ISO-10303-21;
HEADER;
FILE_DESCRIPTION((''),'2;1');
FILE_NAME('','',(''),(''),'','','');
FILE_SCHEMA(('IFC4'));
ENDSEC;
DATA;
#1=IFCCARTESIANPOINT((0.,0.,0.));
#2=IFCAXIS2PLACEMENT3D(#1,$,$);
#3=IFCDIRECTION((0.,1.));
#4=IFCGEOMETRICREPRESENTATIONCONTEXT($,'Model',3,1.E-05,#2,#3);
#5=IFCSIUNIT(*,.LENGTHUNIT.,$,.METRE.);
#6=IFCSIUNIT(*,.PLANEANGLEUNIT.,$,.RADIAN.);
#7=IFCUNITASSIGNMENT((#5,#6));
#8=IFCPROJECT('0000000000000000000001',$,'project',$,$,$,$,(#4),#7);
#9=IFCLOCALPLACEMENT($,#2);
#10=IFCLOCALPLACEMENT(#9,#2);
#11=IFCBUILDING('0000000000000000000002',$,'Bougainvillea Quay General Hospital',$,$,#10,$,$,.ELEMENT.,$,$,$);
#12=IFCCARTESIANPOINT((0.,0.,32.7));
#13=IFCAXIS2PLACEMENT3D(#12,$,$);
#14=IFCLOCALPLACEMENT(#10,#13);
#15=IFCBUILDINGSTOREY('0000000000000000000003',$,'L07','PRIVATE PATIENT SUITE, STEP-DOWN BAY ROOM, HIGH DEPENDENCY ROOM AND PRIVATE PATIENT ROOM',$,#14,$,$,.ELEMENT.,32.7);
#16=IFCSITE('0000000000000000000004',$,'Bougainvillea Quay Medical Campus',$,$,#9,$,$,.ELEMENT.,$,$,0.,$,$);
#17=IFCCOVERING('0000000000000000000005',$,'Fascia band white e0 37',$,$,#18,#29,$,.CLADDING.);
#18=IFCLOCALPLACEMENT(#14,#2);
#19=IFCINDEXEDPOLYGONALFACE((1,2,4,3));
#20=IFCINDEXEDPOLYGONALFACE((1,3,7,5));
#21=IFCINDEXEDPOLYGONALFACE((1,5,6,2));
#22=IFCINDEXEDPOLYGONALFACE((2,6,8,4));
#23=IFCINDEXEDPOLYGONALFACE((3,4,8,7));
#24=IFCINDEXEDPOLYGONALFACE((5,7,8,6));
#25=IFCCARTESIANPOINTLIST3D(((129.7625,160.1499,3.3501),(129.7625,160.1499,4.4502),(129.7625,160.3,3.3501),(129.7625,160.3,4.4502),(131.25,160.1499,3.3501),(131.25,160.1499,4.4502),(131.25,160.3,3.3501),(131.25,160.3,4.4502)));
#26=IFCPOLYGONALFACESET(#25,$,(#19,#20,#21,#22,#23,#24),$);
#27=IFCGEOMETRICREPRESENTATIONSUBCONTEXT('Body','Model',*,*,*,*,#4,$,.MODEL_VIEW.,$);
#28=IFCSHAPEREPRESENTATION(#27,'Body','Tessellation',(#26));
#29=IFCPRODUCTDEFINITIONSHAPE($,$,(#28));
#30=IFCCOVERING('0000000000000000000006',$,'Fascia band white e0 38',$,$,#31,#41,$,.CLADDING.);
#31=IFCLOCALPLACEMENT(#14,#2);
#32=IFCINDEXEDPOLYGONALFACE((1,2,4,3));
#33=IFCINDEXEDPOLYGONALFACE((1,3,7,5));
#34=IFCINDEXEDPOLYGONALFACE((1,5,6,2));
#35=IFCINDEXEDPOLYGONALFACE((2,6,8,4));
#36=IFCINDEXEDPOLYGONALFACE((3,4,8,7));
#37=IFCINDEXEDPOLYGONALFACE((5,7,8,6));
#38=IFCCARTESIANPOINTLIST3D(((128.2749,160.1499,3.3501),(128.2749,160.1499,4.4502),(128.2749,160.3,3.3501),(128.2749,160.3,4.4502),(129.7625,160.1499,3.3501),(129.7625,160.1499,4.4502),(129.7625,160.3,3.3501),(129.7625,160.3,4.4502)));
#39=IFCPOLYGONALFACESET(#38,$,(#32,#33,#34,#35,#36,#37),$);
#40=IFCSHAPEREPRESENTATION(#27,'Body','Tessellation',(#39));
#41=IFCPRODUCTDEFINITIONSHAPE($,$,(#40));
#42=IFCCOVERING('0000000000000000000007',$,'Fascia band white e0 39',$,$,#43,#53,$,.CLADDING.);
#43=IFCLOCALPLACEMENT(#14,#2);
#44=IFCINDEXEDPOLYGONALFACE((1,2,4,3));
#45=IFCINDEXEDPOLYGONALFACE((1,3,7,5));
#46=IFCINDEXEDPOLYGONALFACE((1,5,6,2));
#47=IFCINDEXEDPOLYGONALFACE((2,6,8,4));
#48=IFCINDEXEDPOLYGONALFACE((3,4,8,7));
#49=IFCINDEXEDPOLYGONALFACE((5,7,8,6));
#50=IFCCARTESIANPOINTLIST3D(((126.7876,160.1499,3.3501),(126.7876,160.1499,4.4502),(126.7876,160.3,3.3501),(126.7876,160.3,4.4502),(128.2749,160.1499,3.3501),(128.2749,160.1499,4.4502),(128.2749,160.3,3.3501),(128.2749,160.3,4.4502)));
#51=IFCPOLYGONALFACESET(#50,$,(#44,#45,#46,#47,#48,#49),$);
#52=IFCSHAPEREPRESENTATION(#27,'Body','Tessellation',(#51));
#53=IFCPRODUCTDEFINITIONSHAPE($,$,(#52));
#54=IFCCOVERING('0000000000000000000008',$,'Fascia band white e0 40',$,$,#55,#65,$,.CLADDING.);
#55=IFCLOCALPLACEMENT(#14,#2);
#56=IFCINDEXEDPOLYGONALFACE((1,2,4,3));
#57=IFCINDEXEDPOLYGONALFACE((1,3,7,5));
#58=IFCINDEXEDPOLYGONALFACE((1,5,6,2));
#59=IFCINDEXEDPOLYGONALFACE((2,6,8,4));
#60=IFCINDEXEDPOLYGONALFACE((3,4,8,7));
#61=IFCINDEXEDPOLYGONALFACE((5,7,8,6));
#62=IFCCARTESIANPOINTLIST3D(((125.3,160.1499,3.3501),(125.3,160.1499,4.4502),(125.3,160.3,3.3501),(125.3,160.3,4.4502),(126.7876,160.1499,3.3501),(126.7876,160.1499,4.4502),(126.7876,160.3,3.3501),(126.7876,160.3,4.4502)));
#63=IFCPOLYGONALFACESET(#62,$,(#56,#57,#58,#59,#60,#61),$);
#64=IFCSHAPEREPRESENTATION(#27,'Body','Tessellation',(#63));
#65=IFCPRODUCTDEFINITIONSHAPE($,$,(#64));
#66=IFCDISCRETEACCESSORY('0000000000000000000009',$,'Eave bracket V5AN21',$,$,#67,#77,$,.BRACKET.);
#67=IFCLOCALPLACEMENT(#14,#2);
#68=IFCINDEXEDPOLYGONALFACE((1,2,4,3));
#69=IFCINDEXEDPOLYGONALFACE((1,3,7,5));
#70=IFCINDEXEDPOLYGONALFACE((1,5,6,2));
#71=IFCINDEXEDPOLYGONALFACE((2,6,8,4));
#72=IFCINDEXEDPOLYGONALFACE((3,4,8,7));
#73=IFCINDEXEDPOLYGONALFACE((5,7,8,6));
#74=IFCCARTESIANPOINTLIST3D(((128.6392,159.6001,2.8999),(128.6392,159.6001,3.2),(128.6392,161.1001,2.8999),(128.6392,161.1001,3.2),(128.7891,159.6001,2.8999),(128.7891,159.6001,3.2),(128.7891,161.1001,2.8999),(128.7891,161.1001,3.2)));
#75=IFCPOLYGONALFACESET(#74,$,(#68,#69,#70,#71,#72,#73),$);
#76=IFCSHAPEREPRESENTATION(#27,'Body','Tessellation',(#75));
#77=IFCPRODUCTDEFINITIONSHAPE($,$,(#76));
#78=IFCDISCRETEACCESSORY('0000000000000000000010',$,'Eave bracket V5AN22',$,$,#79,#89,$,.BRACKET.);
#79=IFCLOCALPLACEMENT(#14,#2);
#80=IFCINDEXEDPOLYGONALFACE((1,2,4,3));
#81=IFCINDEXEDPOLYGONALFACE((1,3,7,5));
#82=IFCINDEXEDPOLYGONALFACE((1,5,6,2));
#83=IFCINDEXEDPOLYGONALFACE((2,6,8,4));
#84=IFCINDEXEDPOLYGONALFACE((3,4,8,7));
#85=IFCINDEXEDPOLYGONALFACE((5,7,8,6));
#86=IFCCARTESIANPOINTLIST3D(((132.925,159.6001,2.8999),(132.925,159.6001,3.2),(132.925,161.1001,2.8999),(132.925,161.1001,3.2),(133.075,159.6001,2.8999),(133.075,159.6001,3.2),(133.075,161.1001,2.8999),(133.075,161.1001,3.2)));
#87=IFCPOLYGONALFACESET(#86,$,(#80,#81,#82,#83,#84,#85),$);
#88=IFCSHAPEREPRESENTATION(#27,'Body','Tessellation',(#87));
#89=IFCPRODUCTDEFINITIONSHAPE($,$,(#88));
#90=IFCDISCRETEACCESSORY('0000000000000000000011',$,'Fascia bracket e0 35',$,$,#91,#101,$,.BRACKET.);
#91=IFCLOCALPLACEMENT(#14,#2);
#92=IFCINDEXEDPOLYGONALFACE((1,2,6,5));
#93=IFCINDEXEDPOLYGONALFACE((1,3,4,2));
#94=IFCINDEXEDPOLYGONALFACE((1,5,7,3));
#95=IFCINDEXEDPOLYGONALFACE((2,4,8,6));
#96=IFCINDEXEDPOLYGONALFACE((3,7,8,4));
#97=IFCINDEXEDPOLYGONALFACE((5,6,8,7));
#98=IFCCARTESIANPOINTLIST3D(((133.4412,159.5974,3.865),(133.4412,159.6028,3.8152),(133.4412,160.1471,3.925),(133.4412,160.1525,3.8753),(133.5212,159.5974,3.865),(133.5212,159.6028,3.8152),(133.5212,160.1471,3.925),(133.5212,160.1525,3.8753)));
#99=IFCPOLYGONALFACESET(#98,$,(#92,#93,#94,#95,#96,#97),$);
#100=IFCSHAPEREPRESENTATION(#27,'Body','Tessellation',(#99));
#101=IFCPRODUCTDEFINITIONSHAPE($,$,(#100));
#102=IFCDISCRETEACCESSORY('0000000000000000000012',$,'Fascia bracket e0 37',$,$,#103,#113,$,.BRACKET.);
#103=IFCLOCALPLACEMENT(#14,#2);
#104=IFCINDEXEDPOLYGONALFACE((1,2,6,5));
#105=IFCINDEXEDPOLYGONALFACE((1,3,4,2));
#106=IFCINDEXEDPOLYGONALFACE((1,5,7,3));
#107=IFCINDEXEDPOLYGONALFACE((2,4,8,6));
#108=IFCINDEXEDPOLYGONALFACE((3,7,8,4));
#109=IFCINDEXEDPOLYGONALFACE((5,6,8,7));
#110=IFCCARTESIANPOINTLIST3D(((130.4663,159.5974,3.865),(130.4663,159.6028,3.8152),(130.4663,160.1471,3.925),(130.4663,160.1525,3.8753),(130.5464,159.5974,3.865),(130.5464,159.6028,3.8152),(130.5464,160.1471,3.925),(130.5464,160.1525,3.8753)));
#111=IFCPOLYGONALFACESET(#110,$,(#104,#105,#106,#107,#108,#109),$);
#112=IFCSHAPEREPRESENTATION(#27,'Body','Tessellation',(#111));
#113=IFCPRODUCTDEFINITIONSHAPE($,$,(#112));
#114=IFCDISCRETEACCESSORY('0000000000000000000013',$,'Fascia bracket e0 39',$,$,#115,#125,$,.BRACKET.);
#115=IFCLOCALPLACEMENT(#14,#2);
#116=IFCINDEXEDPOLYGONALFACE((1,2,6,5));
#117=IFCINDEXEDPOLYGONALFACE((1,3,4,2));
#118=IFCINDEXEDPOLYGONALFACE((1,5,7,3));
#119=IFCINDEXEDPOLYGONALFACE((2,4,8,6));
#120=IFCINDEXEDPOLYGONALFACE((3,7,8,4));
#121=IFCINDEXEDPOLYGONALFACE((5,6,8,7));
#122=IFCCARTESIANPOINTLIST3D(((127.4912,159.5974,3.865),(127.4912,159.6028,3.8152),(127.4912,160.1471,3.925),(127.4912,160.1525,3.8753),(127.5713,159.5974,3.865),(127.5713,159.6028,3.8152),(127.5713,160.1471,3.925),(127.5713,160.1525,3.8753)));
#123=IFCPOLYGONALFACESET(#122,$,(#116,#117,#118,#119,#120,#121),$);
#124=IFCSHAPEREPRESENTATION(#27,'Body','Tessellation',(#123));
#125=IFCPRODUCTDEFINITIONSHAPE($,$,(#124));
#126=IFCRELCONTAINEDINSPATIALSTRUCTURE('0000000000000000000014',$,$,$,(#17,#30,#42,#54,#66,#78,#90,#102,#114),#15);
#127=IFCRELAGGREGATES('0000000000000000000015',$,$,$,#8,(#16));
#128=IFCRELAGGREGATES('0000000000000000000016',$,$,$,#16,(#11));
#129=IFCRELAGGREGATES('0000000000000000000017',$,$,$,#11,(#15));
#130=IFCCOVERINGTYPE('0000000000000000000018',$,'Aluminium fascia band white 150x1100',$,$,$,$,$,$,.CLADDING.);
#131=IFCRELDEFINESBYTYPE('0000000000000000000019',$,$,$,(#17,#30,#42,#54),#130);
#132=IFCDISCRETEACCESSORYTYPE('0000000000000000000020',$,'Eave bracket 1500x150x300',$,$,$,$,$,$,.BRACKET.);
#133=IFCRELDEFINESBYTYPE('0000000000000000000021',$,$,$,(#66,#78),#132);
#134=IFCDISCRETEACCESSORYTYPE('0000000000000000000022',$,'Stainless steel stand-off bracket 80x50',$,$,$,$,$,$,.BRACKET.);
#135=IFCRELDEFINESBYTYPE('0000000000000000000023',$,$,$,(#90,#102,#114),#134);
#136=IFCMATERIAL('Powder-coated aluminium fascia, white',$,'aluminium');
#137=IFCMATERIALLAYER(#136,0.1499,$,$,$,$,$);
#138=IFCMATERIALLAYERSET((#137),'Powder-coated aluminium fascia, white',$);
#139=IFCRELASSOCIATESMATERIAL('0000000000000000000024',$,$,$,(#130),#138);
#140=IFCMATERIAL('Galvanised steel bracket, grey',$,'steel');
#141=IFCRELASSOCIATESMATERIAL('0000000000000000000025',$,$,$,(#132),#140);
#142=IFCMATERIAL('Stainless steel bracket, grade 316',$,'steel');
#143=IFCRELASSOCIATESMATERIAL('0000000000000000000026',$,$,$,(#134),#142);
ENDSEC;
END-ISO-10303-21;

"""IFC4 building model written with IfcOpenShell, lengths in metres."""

from ifc_helpers import new_model, si_unit, direction, frame, origin, origin_2d, place, context, subcontext, project, spatial, polyline, rectangle, outline, extrude, material, layer, layer_set, material_profile, profile_set, type_object, element, save


model = new_model("IFC4")

# Units and contexts
model_context = context("Model", 3, precision=1e-05, world=origin(), true_north=direction((0.0, 1.0)))
body_context = subcontext(model_context, "Body", "Model", "MODEL_VIEW")
ifc_project = project(units=[si_unit("LENGTHUNIT", "METRE"), si_unit("PLANEANGLEUNIT", "RADIAN")], contexts=[model_context])

# Site, building, storey
site_placement = place(None, origin())
site = spatial("IfcSite", under=ifc_project, at=site_placement, Name="Bougainvillea Quay Medical Campus", CompositionType="ELEMENT", RefElevation=0.0)
building_placement = place(site_placement, origin())
building = spatial("IfcBuilding", under=site, at=building_placement, Name="Bougainvillea Quay General Hospital", CompositionType="ELEMENT")
storey_placement = place(building_placement, frame((0.0, 0.0, 32.7)))
storey = spatial("IfcBuildingStorey", under=building, at=storey_placement, Name="L07", Description="PRIVATE PATIENT SUITE, STEP-DOWN BAY ROOM, HIGH DEPENDENCY ROOM AND PRIVATE PATIENT ROOM", CompositionType="ELEMENT", Elevation=32.7)

# Coverings
ifc_material_1 = material(Name="Powder-coated aluminium fascia, white", Category="aluminium")
ifc_layer_1 = layer(ifc_material_1, 0.1499)
ifc_layer_set_1 = layer_set([ifc_layer_1], Name="Powder-coated aluminium fascia, white")
covering_type = type_object("IfcCoveringType", Name="Aluminium fascia band white 150x1100", PredefinedType="CLADDING", material=ifc_layer_set_1)
for number, where, z_axis, x_axis, name in (
    (1, (131.25, 160.1499, 3.3501), (0.0, 0.0, 1.0), (-1.0, 0.0, 0.0), "Fascia band white e0 37"),
    (2, (129.7625, 160.1499, 3.3501), (0.0, 0.0, 1.0), (-1.0, 0.0, 0.0), "Fascia band white e0 38"),
):
    element("IfcCovering", number, at=place(storey_placement, frame(where, z_axis=z_axis, x_axis=x_axis)), inside=storey, type_object=covering_type, Name=name, PredefinedType="CLADDING", context=body_context, shape_type="SweptSolid", body=[
        extrude(outline(polyline([(0.0, 0.0), (1.4875, 0.0), (1.4875, -0.1501), (0.0, -0.1501), (0.0, 0.0)])), origin(), (0.0, 0.0, 1.0), 1.1001),
    ])
covering_1_placement = place(storey_placement, frame((128.2749, 160.1499, 3.3501), z_axis=(0.0, 0.0, 1.0), x_axis=(-1.0, 0.0, 0.0)))
element("IfcCovering", 3, at=covering_1_placement, inside=storey, type_object=covering_type, Name="Fascia band white e0 39", PredefinedType="CLADDING", context=body_context, shape_type="SweptSolid", body=[
    extrude(outline(polyline([(0.0, 0.0), (1.4873, 0.0), (1.4873, -0.1501), (0.0, -0.1501), (0.0, 0.0)])), origin(), (0.0, 0.0, 1.0), 1.1001),
])
covering_2_placement = place(storey_placement, frame((126.7876, 160.1499, 3.3501), z_axis=(0.0, 0.0, 1.0), x_axis=(-1.0, 0.0, 0.0)))
element("IfcCovering", 4, at=covering_2_placement, inside=storey, type_object=covering_type, Name="Fascia band white e0 40", PredefinedType="CLADDING", context=body_context, shape_type="SweptSolid", body=[
    extrude(outline(polyline([(0.0, 0.0), (1.4875, 0.0), (1.4875, -0.1501), (0.0, -0.1501), (0.0, 0.0)])), origin(), (0.0, 0.0, 1.0), 1.1001),
])

# Discrete accessories
ifc_material_2 = material(Name="Galvanised steel bracket, grey", Category="steel")
discrete_accessory_type_1 = type_object("IfcDiscreteAccessoryType", Name="Eave bracket 1500x150x300", PredefinedType="BRACKET", material=ifc_material_2)
for number, where, z_axis, x_axis, name in (
    (5, (128.7141, 160.3501, 2.8999), (0.0, 0.0, 1.0), (1.0, 0.0, 0.0), "Eave bracket V5AN21"),
    (6, (133.0, 160.3501, 2.8999), (0.0, 0.0, 1.0), (1.0, 0.0, 0.0), "Eave bracket V5AN22"),
):
    element("IfcDiscreteAccessory", number, at=place(storey_placement, frame(where, z_axis=z_axis, x_axis=x_axis)), inside=storey, type_object=discrete_accessory_type_1, Name=name, PredefinedType="BRACKET", context=body_context, shape_type="SweptSolid", body=[
        extrude(rectangle(XDim=0.1499, YDim=1.5, at=origin_2d()), origin(), (0.0, 0.0, 1.0), 0.3),
    ])
ifc_material_3 = material(Name="Stainless steel bracket, grade 316", Category="steel")
ifc_material_profile_1 = material_profile(ifc_material_3, rectangle(XDim=0.0801, YDim=0.05, at=origin_2d()))
ifc_profile_set_1 = profile_set([ifc_material_profile_1], Name="Stainless steel bracket, grade 316")
discrete_accessory_type_2 = type_object("IfcDiscreteAccessoryType", Name="Stainless steel stand-off bracket 80x50", PredefinedType="BRACKET", material=ifc_profile_set_1)
for number, where, z_axis, x_axis, name in (
    (7, (133.4812, 159.6001, 3.8401), (0.0, 0.994087, 0.10859), (-1.0, 0.0, 0.0), "Fascia bracket e0 35"),
    (8, (130.5063, 159.6001, 3.8401), (0.0, 0.994087, 0.10859), (-1.0, 0.0, 0.0), "Fascia bracket e0 37"),
    (9, (127.5312, 159.6001, 3.8401), (0.0, 0.994087, 0.10859), (-1.0, 0.0, 0.0), "Fascia bracket e0 39"),
):
    element("IfcDiscreteAccessory", number, at=place(storey_placement, frame(where, z_axis=z_axis, x_axis=x_axis)), inside=storey, type_object=discrete_accessory_type_2, Name=name, PredefinedType="BRACKET", context=body_context, shape_type="SweptSolid", body=[
        extrude(rectangle(XDim=0.0801, YDim=0.05, at=origin_2d()), origin(), (0.0, 0.0, 1.0), 0.553),
    ])

save(model, "model.ifc")
